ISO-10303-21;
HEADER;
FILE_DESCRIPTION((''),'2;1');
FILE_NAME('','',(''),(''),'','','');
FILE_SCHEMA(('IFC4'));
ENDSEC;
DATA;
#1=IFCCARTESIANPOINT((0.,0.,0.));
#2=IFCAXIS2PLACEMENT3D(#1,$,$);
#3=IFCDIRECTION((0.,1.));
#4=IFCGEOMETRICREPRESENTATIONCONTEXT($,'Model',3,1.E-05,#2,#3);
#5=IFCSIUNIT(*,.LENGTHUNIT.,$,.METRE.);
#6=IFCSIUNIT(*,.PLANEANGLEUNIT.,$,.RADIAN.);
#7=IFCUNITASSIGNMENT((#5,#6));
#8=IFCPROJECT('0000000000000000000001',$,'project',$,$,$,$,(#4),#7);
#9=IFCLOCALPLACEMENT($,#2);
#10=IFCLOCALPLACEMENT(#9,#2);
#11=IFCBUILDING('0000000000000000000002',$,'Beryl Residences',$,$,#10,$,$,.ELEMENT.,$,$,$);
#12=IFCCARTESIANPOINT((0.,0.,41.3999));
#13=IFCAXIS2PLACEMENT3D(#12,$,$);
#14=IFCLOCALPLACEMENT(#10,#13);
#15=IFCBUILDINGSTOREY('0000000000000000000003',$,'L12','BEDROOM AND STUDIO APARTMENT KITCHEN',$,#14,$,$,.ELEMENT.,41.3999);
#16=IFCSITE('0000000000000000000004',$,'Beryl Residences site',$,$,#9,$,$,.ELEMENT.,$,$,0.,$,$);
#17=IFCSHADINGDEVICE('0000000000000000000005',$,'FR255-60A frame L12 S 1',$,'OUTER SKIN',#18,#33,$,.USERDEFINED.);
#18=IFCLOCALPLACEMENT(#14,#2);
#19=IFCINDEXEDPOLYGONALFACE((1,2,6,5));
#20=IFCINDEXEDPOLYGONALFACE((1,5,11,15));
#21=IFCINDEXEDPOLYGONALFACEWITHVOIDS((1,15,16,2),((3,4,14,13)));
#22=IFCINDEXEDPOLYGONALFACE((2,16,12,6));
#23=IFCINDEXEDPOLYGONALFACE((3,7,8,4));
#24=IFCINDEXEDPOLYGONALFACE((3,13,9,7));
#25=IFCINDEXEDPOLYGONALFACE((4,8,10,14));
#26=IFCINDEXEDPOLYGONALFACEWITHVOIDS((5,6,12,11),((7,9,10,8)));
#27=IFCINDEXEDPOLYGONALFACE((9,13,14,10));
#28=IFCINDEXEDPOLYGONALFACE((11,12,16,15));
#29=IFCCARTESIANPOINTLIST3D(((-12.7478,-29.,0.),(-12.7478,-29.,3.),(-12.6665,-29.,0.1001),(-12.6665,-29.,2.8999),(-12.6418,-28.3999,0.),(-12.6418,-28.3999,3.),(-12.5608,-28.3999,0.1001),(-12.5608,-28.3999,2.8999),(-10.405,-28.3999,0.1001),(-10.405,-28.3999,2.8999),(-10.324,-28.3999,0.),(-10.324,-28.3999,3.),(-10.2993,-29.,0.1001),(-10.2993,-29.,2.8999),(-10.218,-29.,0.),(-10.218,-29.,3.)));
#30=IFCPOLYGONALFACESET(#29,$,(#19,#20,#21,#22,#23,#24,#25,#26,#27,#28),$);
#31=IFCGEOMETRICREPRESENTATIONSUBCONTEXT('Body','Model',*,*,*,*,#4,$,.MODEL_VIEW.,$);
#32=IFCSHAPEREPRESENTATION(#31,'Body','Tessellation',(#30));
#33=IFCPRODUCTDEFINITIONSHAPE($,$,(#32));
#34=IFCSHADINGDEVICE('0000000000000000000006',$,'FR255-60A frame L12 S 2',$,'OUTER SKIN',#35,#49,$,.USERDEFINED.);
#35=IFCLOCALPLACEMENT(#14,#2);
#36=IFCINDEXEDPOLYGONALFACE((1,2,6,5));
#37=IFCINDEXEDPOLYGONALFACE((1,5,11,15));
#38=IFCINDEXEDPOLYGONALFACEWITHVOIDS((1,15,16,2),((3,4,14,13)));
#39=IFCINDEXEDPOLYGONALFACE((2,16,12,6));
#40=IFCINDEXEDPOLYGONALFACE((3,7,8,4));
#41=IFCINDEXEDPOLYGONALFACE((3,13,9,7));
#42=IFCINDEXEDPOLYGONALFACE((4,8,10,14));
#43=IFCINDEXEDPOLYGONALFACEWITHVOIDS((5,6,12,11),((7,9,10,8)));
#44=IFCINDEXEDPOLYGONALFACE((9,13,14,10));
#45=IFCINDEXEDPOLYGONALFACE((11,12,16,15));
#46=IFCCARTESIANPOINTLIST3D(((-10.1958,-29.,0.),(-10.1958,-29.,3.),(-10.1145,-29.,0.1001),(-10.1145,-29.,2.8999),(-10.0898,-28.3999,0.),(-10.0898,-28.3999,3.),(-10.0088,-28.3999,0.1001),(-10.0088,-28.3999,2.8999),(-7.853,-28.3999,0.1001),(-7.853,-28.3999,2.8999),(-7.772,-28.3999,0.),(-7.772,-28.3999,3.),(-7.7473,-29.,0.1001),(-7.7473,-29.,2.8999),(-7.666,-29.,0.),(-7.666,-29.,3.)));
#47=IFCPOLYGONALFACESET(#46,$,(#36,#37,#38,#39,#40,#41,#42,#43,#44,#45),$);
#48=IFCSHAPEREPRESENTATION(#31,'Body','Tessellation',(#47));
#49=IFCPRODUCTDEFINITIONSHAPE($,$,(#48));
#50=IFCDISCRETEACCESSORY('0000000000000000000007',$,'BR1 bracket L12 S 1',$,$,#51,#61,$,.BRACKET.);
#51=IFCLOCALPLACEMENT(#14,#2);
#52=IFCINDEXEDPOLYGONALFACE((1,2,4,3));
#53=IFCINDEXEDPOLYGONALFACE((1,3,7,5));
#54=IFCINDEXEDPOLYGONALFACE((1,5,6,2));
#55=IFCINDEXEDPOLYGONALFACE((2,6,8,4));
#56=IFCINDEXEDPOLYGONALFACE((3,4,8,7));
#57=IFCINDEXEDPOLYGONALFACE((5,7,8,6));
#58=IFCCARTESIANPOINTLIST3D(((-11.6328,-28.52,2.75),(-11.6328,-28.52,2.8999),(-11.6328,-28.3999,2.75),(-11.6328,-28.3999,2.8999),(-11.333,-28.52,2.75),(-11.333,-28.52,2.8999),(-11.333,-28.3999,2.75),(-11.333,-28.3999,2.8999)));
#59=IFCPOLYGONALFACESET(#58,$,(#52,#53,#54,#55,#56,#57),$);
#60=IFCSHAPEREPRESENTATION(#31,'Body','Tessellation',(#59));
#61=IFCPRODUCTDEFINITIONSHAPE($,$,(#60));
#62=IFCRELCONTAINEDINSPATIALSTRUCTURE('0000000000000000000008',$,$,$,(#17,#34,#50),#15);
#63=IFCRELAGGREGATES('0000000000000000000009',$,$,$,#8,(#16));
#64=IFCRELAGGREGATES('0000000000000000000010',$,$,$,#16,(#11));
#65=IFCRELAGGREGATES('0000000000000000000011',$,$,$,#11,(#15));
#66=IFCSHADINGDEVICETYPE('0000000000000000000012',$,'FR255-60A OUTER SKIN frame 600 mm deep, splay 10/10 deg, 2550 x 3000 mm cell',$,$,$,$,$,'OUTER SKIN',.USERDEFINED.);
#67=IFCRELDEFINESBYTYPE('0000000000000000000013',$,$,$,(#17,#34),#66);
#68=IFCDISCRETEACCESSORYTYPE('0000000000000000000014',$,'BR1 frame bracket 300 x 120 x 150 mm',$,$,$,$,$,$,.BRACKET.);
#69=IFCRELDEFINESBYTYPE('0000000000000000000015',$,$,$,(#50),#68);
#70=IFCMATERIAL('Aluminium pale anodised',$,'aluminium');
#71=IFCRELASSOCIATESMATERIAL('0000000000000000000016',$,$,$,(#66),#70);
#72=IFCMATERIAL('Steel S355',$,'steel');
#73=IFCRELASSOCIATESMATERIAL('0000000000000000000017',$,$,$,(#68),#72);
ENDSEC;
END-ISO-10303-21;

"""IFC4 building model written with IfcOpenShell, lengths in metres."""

from ifc_helpers import new_model, entity, si_unit, direction, frame, origin, place, context, subcontext, project, spatial, polyline, outline, extrude, source, transform, mapped, material, type_object, type_shapes, element, save


model = new_model("IFC4")

# Units and contexts
model_context = context("Model", 3, precision=1e-05, world=origin(), true_north=direction((0.0, 1.0)))
body_context = subcontext(model_context, "Body", "Model", "MODEL_VIEW")
ifc_project = project(units=[si_unit("LENGTHUNIT", "METRE"), si_unit("PLANEANGLEUNIT", "RADIAN")], contexts=[model_context])

# Site, building, storey
site_placement = place(None, origin())
site = spatial("IfcSite", under=ifc_project, at=site_placement, Name="Beryl Residences site", CompositionType="ELEMENT", RefElevation=0.0)
building_placement = place(site_placement, origin())
building = spatial("IfcBuilding", under=site, at=building_placement, Name="Beryl Residences", CompositionType="ELEMENT")
storey_placement = place(building_placement, frame((0.0, 0.0, 41.3999)))
storey = spatial("IfcBuildingStorey", under=building, at=storey_placement, Name="L12", Description="BEDROOM AND STUDIO APARTMENT KITCHEN", CompositionType="ELEMENT", Elevation=41.3999)

# Shading devices
ifc_material_1 = material(Name="Aluminium pale anodised", Category="aluminium")
shading_device_type_1 = type_object("IfcShadingDeviceType", Name="FR255-60A OUTER SKIN frame 600 mm deep, splay 10/10 deg, 2550 x 3000 mm cell", ElementType="OUTER SKIN", PredefinedType="USERDEFINED", material=ifc_material_1)
cartesian_point_1 = entity("IfcCartesianPoint", [-1.1589, 0.0])
cartesian_point_2 = entity("IfcCartesianPoint", [-1.0779, 0.1001])
cartesian_point_3 = entity("IfcCartesianPoint", [-1.2649, 0.0])
cartesian_point_4 = entity("IfcCartesianPoint", [-1.1836, 0.1001])
shared_shape_1 = source(origin(), body_context, "Body", "SweptSolid", [
    entity("IfcExtrudedAreaSolidTapered", entity("IfcArbitraryProfileDefWithVoids", "AREA", None, entity("IfcPolyline", [cartesian_point_1, entity("IfcCartesianPoint", [1.1589, 0.0]), entity("IfcCartesianPoint", [1.1589, 3.0]), entity("IfcCartesianPoint", [-1.1589, 3.0]), cartesian_point_1]), [entity("IfcPolyline", [cartesian_point_2, entity("IfcCartesianPoint", [1.0779, 0.1001]), entity("IfcCartesianPoint", [1.0779, 2.8999]), entity("IfcCartesianPoint", [-1.0779, 2.8999]), cartesian_point_2])]), entity("IfcAxis2Placement3D", entity("IfcCartesianPoint", [0.0, 0.0, 0.0]), entity("IfcDirection", [0.0, 1.0, 0.0]), entity("IfcDirection", [-1.0, 0.0, 0.0])), entity("IfcDirection", [0.0, 0.0, 1.0]), 0.6001, entity("IfcArbitraryProfileDefWithVoids", "AREA", None, entity("IfcPolyline", [cartesian_point_3, entity("IfcCartesianPoint", [1.2649, 0.0]), entity("IfcCartesianPoint", [1.2649, 3.0]), entity("IfcCartesianPoint", [-1.2649, 3.0]), cartesian_point_3]), [entity("IfcPolyline", [cartesian_point_4, entity("IfcCartesianPoint", [1.1836, 0.1001]), entity("IfcCartesianPoint", [1.1836, 2.8999]), entity("IfcCartesianPoint", [-1.1836, 2.8999]), cartesian_point_4])])),
])
type_shapes(shading_device_type_1, [shared_shape_1])
for number, where, z_axis, x_axis, name in (
    (1, (-11.4829, -28.3999, 0.0), (0.0, 0.0, 1.0), (-1.0, 0.0, 0.0), "FR255-60A frame L12 S 1"),
    (2, (-8.9309, -28.3999, 0.0), (0.0, 0.0, 1.0), (-1.0, 0.0, 0.0), "FR255-60A frame L12 S 2"),
):
    element("IfcShadingDevice", number, at=place(storey_placement, frame(where, z_axis=z_axis, x_axis=x_axis)), inside=storey, type_object=shading_device_type_1, Name=name, ObjectType="OUTER SKIN", PredefinedType="USERDEFINED", context=body_context, shape_type="MappedRepresentation", body=[
        mapped(shared_shape_1, transform((0.0, 0.0, 0.0))),
    ])

# Discrete accessory
ifc_material_2 = material(Name="Steel S355", Category="steel")
discrete_accessory_type = type_object("IfcDiscreteAccessoryType", Name="BR1 frame bracket 300 x 120 x 150 mm", PredefinedType="BRACKET", material=ifc_material_2)
shared_shape_2 = source(origin(), body_context, "Body", "SweptSolid", [
    extrude(outline(polyline([(-0.1499, 0.0), (0.1499, 0.0), (0.1499, 0.1201), (-0.1499, 0.1201), (-0.1499, 0.0)])), origin(), (0.0, 0.0, 1.0), 0.1499),
])
type_shapes(discrete_accessory_type, [shared_shape_2])
discrete_accessory_placement = place(storey_placement, frame((-11.4829, -28.3999, 2.75), z_axis=(0.0, 0.0, 1.0), x_axis=(-1.0, 0.0, 0.0)))
element("IfcDiscreteAccessory", 3, at=discrete_accessory_placement, inside=storey, type_object=discrete_accessory_type, Name="BR1 bracket L12 S 1", PredefinedType="BRACKET", context=body_context, shape_type="MappedRepresentation", body=[
    mapped(shared_shape_2, transform((0.0, 0.0, 0.0))),
])

save(model, "model.ifc")
